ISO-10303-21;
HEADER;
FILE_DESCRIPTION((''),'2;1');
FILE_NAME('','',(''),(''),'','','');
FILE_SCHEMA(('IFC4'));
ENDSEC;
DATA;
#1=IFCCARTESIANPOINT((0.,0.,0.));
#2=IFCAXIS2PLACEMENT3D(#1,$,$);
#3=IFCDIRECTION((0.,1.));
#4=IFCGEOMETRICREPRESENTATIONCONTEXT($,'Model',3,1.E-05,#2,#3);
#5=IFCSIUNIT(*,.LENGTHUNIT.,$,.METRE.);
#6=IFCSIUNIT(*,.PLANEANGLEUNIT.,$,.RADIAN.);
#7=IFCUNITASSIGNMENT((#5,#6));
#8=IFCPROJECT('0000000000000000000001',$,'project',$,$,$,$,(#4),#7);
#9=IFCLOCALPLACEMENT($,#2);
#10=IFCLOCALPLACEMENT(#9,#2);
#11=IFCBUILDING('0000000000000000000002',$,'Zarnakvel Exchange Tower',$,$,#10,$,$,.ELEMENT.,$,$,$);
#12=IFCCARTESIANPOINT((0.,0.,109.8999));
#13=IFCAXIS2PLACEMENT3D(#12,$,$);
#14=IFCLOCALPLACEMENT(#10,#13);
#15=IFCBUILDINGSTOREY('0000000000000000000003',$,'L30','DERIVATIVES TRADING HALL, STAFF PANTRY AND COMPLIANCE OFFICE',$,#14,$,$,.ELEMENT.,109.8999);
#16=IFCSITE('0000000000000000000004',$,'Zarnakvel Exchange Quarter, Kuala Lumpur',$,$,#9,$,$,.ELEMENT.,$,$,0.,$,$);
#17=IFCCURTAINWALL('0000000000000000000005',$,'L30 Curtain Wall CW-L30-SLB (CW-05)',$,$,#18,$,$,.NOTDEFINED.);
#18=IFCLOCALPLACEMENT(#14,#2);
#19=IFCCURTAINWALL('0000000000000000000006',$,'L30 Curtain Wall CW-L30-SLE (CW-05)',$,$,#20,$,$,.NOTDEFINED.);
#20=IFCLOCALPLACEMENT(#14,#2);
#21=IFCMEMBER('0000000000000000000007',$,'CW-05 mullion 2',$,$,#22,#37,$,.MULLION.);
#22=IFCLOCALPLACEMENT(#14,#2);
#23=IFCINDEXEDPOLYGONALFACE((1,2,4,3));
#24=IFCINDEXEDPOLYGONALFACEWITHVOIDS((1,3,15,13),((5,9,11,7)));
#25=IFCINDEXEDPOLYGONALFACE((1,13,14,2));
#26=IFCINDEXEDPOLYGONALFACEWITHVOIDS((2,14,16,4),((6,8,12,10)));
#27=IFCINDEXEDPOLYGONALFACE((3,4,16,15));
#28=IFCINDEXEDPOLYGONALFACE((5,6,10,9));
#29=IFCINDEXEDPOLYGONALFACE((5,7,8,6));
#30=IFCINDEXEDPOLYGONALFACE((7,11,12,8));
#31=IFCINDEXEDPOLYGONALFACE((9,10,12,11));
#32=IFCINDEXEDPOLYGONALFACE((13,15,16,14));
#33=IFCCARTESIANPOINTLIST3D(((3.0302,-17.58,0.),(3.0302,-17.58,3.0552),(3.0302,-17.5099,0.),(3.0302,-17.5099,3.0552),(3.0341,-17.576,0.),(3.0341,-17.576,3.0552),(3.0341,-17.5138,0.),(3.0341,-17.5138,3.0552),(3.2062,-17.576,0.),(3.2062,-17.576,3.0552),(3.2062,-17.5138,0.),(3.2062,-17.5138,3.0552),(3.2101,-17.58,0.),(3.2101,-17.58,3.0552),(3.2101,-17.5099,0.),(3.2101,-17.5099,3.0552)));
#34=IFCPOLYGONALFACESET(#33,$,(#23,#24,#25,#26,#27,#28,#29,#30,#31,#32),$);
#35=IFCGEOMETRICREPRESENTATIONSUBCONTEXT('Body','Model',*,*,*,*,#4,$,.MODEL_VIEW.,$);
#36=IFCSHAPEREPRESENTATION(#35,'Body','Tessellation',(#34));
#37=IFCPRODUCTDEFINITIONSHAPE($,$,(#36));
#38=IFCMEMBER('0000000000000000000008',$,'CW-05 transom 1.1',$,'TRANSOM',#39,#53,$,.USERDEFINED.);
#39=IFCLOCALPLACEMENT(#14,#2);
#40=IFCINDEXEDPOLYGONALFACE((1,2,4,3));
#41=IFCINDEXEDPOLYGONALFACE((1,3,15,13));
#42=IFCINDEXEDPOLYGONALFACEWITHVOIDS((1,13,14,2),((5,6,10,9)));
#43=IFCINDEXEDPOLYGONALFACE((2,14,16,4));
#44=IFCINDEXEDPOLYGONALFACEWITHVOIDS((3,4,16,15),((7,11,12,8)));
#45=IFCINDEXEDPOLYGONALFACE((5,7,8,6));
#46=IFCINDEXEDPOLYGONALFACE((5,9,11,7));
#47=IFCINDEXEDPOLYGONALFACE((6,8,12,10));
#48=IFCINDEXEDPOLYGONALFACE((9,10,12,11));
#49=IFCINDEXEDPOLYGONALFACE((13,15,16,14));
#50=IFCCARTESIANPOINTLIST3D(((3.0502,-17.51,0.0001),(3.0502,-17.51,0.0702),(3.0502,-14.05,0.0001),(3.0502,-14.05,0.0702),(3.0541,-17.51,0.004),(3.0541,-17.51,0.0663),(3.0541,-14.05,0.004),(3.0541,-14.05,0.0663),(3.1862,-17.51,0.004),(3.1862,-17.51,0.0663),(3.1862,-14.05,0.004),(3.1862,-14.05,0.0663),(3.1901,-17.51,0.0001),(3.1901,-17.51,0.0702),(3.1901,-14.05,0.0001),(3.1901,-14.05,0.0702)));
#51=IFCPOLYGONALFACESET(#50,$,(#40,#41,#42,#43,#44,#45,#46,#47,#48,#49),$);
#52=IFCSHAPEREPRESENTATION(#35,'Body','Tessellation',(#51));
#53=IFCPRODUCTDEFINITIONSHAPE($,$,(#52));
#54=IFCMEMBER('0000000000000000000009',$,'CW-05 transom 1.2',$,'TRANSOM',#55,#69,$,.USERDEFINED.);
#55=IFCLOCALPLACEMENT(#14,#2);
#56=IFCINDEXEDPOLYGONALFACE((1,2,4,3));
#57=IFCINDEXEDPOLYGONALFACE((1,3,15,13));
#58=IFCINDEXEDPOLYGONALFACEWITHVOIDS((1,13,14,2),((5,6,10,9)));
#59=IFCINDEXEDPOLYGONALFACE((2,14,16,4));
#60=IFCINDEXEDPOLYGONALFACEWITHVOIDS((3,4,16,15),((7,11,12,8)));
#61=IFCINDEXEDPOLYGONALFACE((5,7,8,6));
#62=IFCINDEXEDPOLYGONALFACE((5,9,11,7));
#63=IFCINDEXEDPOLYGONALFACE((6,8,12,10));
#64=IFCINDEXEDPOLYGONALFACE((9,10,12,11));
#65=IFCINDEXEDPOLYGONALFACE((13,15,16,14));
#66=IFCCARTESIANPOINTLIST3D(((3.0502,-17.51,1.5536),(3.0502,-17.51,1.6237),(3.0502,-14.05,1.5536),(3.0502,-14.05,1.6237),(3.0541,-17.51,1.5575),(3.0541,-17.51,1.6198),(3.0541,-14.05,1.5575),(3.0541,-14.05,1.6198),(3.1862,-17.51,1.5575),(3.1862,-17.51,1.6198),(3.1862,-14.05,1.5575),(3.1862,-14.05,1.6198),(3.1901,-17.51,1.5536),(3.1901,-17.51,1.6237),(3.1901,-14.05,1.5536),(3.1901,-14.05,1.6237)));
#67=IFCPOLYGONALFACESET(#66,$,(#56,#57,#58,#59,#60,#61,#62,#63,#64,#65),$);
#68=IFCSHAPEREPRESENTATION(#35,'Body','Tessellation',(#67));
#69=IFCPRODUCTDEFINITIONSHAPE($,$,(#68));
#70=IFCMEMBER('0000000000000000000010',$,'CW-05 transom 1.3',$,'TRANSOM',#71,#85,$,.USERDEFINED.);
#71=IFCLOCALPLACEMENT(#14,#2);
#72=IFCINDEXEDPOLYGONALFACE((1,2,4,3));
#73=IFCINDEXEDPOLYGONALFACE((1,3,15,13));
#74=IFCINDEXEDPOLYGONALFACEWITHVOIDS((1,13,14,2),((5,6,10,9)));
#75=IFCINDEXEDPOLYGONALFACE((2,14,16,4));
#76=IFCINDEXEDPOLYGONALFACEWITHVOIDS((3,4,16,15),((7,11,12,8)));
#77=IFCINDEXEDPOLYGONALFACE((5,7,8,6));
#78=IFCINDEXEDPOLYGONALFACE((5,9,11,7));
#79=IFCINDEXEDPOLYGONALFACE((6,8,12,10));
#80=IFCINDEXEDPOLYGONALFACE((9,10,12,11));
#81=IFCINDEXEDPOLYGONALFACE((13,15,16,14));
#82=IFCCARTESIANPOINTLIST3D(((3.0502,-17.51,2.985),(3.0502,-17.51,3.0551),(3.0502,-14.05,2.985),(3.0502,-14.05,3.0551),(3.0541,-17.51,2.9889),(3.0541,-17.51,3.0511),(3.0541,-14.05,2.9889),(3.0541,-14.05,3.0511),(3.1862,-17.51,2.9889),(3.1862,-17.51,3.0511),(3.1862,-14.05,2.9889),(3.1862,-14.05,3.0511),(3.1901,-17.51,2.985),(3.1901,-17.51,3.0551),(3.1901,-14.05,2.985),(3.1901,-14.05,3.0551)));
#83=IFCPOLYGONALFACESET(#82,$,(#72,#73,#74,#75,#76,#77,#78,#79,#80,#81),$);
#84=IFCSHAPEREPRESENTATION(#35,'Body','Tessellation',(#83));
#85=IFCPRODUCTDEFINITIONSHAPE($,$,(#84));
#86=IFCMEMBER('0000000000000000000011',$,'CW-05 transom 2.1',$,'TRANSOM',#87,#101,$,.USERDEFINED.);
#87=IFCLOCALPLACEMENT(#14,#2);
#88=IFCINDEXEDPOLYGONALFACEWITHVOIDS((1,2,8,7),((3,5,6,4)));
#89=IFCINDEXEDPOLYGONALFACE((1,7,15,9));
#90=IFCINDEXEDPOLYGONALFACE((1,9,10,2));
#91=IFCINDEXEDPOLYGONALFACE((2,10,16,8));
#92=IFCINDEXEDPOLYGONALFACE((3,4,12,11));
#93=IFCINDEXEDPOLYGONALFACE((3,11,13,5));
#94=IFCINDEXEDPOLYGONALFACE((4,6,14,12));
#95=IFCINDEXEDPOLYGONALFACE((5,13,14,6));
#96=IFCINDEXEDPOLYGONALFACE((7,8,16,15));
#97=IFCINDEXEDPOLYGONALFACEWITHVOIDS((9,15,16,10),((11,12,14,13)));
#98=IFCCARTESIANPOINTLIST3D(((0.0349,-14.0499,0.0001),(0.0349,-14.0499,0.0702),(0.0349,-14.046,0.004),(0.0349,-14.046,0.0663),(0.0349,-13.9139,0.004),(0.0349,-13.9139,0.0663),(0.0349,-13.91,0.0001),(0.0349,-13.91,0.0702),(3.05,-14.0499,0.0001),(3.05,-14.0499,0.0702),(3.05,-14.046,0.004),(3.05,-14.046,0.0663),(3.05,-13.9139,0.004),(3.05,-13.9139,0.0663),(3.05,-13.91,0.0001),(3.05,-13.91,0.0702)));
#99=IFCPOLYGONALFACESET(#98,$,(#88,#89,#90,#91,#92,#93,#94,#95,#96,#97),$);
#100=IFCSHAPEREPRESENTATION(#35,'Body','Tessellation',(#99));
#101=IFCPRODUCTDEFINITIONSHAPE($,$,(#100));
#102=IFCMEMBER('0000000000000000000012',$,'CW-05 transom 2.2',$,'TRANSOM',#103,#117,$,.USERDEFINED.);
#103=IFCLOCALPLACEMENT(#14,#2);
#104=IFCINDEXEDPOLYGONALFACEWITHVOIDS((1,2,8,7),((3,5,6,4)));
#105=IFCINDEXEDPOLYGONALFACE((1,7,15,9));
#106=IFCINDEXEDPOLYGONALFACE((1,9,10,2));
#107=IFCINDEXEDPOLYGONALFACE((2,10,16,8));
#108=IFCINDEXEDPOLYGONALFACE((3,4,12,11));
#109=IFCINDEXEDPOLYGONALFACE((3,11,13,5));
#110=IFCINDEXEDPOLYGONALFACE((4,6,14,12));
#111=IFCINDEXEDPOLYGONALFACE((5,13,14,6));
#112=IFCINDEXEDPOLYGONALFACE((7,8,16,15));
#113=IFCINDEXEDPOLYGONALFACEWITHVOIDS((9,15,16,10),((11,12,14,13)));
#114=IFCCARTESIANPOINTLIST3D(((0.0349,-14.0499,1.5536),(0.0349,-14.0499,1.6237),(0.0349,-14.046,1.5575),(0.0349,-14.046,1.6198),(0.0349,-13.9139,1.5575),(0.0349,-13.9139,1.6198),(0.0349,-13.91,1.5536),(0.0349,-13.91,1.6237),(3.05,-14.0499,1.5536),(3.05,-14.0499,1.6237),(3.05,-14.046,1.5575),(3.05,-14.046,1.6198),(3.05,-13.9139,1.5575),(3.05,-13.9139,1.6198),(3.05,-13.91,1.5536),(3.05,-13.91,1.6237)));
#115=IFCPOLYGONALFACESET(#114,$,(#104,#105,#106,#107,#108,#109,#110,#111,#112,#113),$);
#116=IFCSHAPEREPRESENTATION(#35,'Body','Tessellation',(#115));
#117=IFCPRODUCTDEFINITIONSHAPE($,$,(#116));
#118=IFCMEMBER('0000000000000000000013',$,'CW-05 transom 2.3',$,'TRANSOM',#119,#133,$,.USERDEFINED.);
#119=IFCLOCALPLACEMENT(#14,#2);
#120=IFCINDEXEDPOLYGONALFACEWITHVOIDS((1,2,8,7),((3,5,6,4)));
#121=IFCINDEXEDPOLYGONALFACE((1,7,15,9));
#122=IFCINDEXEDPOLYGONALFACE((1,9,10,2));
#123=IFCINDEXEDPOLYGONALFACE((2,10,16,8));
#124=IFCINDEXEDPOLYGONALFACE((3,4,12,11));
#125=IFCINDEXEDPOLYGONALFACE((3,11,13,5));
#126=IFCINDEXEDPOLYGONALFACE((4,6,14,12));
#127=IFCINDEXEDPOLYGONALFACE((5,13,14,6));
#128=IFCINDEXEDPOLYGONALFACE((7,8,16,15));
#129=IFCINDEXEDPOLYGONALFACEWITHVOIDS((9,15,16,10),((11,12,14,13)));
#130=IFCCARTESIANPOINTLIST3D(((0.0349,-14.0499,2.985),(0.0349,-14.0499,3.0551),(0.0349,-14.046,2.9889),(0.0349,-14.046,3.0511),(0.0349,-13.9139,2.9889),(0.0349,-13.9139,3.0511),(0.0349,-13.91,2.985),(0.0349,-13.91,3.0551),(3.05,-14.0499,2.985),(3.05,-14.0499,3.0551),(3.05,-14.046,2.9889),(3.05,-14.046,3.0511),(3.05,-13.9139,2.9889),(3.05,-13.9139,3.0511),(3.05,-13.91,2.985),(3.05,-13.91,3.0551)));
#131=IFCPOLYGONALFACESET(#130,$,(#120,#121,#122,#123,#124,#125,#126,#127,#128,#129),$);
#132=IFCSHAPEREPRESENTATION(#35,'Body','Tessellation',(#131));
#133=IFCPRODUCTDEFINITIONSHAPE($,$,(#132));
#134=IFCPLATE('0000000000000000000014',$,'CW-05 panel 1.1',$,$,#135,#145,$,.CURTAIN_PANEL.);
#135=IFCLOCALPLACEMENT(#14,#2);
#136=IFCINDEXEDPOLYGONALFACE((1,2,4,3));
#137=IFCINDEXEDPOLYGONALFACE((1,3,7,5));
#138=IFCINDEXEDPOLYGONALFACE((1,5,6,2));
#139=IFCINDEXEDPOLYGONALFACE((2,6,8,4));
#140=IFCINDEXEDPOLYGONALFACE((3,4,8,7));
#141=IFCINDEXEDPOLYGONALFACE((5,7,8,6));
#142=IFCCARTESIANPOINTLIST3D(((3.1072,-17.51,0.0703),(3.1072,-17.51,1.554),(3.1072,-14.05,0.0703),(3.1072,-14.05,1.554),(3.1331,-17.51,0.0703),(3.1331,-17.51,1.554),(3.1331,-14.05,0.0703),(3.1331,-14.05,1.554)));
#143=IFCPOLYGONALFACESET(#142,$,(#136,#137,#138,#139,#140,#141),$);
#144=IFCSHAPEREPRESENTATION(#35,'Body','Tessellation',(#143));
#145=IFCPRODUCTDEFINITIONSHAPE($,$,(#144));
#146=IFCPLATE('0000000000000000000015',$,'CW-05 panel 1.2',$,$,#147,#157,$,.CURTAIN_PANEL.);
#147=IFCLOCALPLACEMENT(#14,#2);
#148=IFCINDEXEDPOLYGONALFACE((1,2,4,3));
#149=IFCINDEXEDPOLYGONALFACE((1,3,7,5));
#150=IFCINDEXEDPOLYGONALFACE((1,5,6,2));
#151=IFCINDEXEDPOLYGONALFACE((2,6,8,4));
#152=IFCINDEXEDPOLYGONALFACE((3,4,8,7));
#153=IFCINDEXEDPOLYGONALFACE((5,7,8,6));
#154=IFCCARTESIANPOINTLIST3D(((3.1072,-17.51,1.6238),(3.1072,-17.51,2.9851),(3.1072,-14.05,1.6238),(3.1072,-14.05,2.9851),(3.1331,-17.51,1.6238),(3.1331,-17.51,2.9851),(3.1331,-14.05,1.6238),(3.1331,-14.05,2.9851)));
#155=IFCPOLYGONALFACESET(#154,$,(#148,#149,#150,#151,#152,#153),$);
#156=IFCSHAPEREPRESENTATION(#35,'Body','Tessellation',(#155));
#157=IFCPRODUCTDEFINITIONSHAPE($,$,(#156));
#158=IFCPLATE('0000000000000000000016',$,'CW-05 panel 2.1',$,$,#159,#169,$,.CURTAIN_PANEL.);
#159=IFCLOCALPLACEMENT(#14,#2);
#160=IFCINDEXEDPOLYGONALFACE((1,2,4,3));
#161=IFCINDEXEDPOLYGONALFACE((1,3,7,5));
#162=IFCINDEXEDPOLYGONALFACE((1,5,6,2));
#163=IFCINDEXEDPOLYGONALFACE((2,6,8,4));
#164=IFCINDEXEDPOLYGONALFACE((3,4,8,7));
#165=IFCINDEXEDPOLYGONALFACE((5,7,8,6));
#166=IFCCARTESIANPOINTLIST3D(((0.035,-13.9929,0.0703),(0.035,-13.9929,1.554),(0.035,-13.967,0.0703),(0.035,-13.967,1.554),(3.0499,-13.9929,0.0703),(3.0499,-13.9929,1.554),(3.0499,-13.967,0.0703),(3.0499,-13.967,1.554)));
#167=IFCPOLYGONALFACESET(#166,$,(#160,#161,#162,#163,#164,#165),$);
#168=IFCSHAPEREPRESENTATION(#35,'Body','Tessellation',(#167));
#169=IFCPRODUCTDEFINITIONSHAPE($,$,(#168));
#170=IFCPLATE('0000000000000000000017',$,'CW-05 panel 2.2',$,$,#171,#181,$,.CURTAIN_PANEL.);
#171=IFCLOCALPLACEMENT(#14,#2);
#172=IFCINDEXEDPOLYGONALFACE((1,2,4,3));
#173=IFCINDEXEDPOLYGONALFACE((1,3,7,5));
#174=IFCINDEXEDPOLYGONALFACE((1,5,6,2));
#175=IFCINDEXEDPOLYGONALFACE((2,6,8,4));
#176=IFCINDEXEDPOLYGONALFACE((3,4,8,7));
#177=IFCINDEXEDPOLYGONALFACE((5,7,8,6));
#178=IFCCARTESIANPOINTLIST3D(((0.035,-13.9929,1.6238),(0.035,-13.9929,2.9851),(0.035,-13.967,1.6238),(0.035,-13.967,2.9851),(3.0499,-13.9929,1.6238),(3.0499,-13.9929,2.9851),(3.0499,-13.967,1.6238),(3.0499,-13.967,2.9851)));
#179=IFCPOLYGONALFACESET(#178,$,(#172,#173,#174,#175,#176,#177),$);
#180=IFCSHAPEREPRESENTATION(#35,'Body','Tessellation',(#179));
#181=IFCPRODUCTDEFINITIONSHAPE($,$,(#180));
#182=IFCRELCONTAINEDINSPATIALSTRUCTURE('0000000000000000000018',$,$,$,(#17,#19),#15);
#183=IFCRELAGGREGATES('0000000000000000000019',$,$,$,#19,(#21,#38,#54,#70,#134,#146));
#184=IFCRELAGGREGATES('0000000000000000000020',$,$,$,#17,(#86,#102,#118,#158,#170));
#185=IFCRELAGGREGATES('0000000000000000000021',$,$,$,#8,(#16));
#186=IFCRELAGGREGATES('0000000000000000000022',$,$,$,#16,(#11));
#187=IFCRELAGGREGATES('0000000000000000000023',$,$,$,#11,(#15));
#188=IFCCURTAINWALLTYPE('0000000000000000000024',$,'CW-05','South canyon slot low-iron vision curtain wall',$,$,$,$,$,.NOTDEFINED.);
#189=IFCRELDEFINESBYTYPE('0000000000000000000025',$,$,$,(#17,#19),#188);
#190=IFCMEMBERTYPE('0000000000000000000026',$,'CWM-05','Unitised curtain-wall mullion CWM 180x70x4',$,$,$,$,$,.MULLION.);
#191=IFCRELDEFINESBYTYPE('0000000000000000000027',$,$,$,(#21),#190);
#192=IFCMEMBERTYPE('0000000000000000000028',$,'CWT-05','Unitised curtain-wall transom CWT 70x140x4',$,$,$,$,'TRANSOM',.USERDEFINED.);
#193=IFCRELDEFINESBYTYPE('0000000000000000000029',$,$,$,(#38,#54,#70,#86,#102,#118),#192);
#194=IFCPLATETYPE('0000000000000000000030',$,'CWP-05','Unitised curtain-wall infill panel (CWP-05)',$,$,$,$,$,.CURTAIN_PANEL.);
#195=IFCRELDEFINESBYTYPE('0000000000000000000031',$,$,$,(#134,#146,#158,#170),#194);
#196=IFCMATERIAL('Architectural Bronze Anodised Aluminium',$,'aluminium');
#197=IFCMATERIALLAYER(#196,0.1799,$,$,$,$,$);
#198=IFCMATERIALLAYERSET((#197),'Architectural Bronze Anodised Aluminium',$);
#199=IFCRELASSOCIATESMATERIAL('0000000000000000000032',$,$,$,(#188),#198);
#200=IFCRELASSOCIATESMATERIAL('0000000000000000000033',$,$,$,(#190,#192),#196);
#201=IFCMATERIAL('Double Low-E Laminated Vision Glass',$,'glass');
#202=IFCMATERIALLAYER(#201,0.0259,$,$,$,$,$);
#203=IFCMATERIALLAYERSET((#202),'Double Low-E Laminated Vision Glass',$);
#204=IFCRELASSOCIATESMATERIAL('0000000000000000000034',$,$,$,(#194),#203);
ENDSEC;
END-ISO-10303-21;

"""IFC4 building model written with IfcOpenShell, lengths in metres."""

from ifc_helpers import new_model, si_unit, direction, frame, origin, origin_2d, place, context, subcontext, project, spatial, rectangle, hollow_rectangle, extrude, source, transform, mapped, material, layer, layer_set, material_profile, profile_set, type_object, element, aggregate, save


model = new_model("IFC4")

# Units and contexts
model_context = context("Model", 3, precision=1e-05, world=origin(), true_north=direction((0.0, 1.0)))
body_context = subcontext(model_context, "Body", "Model", "MODEL_VIEW")
ifc_project = project(units=[si_unit("LENGTHUNIT", "METRE"), si_unit("PLANEANGLEUNIT", "RADIAN")], contexts=[model_context])

# Site, building, storey
site_placement = place(None, origin())
site = spatial("IfcSite", under=ifc_project, at=site_placement, Name="Zarnakvel Exchange Quarter, Kuala Lumpur", CompositionType="ELEMENT", RefElevation=0.0)
building_placement = place(site_placement, origin())
building = spatial("IfcBuilding", under=site, at=building_placement, Name="Zarnakvel Exchange Tower", CompositionType="ELEMENT")
storey_placement = place(building_placement, frame((0.0, 0.0, 109.8999)))
storey = spatial("IfcBuildingStorey", under=building, at=storey_placement, Name="L30", Description="DERIVATIVES TRADING HALL, STAFF PANTRY AND COMPLIANCE OFFICE", CompositionType="ELEMENT", Elevation=109.8999)

# Curtain wall
ifc_material_1 = material(Name="Architectural Bronze Anodised Aluminium", Category="aluminium")
ifc_layer_1 = layer(ifc_material_1, 0.1799)
ifc_layer_set_1 = layer_set([ifc_layer_1], Name="Architectural Bronze Anodised Aluminium")
curtain_wall_type = type_object("IfcCurtainWallType", Name="CW-05", Description="South canyon slot low-iron vision curtain wall", PredefinedType="NOTDEFINED", material=ifc_layer_set_1)
curtain_wall_1_placement = place(storey_placement, origin())
curtain_wall_1 = element("IfcCurtainWall", 1, at=curtain_wall_1_placement, inside=storey, type_object=curtain_wall_type, Name="L30 Curtain Wall CW-L30-SLB (CW-05)", PredefinedType="NOTDEFINED")
ifc_material_profile_1 = material_profile(ifc_material_1, hollow_rectangle(XDim=0.1799, YDim=0.0701, WallThickness=0.0039, at=origin_2d()))
ifc_profile_set_1 = profile_set([ifc_material_profile_1], Name="Architectural Bronze Anodised Aluminium")
member_type_1 = type_object("IfcMemberType", Name="CWM-05", Description="Unitised curtain-wall mullion CWM 180x70x4", PredefinedType="MULLION", material=ifc_profile_set_1)
shared_shape_1 = source(origin(), body_context, "Body", "SweptSolid", [
    extrude(hollow_rectangle(XDim=0.1799, YDim=0.0701, WallThickness=0.0039, at=origin_2d()), origin(), (0.0, 0.0, 1.0), 3.0552),
])

# Curtain wall, members
curtain_wall_2_placement = place(storey_placement, origin())
curtain_wall_2 = element("IfcCurtainWall", 2, at=curtain_wall_2_placement, inside=storey, type_object=curtain_wall_type, Name="L30 Curtain Wall CW-L30-SLE (CW-05)", PredefinedType="NOTDEFINED")
member_1_placement = place(storey_placement, frame((3.1201, -17.5449, 0.0), z_axis=(0.0, 0.0, 1.0), x_axis=(1.0, 0.0, 0.0)))
member_1 = element("IfcMember", 3, at=member_1_placement, type_object=member_type_1, Name="CW-05 mullion 2", PredefinedType="MULLION", context=body_context, shape_type="MappedRepresentation", body=[
    mapped(shared_shape_1, transform((0.0, 0.0, 0.0), x_axis=(1.0, 0.0, 0.0), y_axis=(0.0, 1.0, 0.0), z_axis=(0.0, 0.0, 1.0), scale=1.0)),
])
ifc_material_profile_2 = material_profile(ifc_material_1, hollow_rectangle(XDim=0.1399, YDim=0.0701, WallThickness=0.0039, at=origin_2d()))
ifc_profile_set_2 = profile_set([ifc_material_profile_2], Name="Architectural Bronze Anodised Aluminium")
member_type_2 = type_object("IfcMemberType", Name="CWT-05", Description="Unitised curtain-wall transom CWT 70x140x4", ElementType="TRANSOM", PredefinedType="USERDEFINED", material=ifc_profile_set_2)
shared_shape_2 = source(origin(), body_context, "Body", "SweptSolid", [
    extrude(hollow_rectangle(XDim=0.1399, YDim=0.0701, WallThickness=0.0039, at=origin_2d()), origin(), (0.0, 0.0, 1.0), 3.46),
])
member_2_placement = place(storey_placement, frame((3.1201, -14.05, 0.0352), z_axis=(0.0, -1.0, 0.0), x_axis=(1.0, 0.0, 0.0)))
member_2 = element("IfcMember", 4, at=member_2_placement, type_object=member_type_2, Name="CW-05 transom 1.1", ObjectType="TRANSOM", PredefinedType="USERDEFINED", context=body_context, shape_type="MappedRepresentation", body=[
    mapped(shared_shape_2, transform((0.0, 0.0, 0.0), x_axis=(1.0, 0.0, 0.0), y_axis=(0.0, 1.0, 0.0), z_axis=(0.0, 0.0, 1.0), scale=1.0)),
])
member_3_placement = place(storey_placement, frame((3.1201, -14.05, 1.5886), z_axis=(0.0, -1.0, 0.0), x_axis=(1.0, 0.0, 0.0)))
member_3 = element("IfcMember", 5, at=member_3_placement, type_object=member_type_2, Name="CW-05 transom 1.2", ObjectType="TRANSOM", PredefinedType="USERDEFINED", context=body_context, shape_type="MappedRepresentation", body=[
    mapped(shared_shape_2, transform((0.0, 0.0, 0.0), x_axis=(1.0, 0.0, 0.0), y_axis=(0.0, 1.0, 0.0), z_axis=(0.0, 0.0, 1.0), scale=1.0)),
])
member_4_placement = place(storey_placement, frame((3.1201, -14.05, 3.02), z_axis=(0.0, -1.0, 0.0), x_axis=(1.0, 0.0, 0.0)))
member_4 = element("IfcMember", 6, at=member_4_placement, type_object=member_type_2, Name="CW-05 transom 1.3", ObjectType="TRANSOM", PredefinedType="USERDEFINED", context=body_context, shape_type="MappedRepresentation", body=[
    mapped(shared_shape_2, transform((0.0, 0.0, 0.0), x_axis=(1.0, 0.0, 0.0), y_axis=(0.0, 1.0, 0.0), z_axis=(0.0, 0.0, 1.0), scale=1.0)),
])

# Members
shared_shape_3 = source(origin(), body_context, "Body", "SweptSolid", [
    extrude(hollow_rectangle(XDim=0.1399, YDim=0.0701, WallThickness=0.0039, at=origin_2d()), origin(), (0.0, 0.0, 1.0), 3.0151),
])
member_5_placement = place(storey_placement, frame((0.0349, -13.98, 0.0352), z_axis=(1.0, 0.0, 0.0), x_axis=(0.0, 1.0, 0.0)))
member_5 = element("IfcMember", 7, at=member_5_placement, type_object=member_type_2, Name="CW-05 transom 2.1", ObjectType="TRANSOM", PredefinedType="USERDEFINED", context=body_context, shape_type="MappedRepresentation", body=[
    mapped(shared_shape_3, transform((0.0, 0.0, 0.0), x_axis=(1.0, 0.0, 0.0), y_axis=(0.0, 1.0, 0.0), z_axis=(0.0, 0.0, 1.0), scale=1.0)),
])
member_6_placement = place(storey_placement, frame((0.0349, -13.98, 1.5886), z_axis=(1.0, 0.0, 0.0), x_axis=(0.0, 1.0, 0.0)))
member_6 = element("IfcMember", 8, at=member_6_placement, type_object=member_type_2, Name="CW-05 transom 2.2", ObjectType="TRANSOM", PredefinedType="USERDEFINED", context=body_context, shape_type="MappedRepresentation", body=[
    mapped(shared_shape_3, transform((0.0, 0.0, 0.0), x_axis=(1.0, 0.0, 0.0), y_axis=(0.0, 1.0, 0.0), z_axis=(0.0, 0.0, 1.0), scale=1.0)),
])
member_7_placement = place(storey_placement, frame((0.0349, -13.98, 3.02), z_axis=(1.0, 0.0, 0.0), x_axis=(0.0, 1.0, 0.0)))
member_7 = element("IfcMember", 9, at=member_7_placement, type_object=member_type_2, Name="CW-05 transom 2.3", ObjectType="TRANSOM", PredefinedType="USERDEFINED", context=body_context, shape_type="MappedRepresentation", body=[
    mapped(shared_shape_3, transform((0.0, 0.0, 0.0), x_axis=(1.0, 0.0, 0.0), y_axis=(0.0, 1.0, 0.0), z_axis=(0.0, 0.0, 1.0), scale=1.0)),
])

# Plates
ifc_material_2 = material(Name="Double Low-E Laminated Vision Glass", Category="glass")
ifc_layer_2 = layer(ifc_material_2, 0.0259)
ifc_layer_set_2 = layer_set([ifc_layer_2], Name="Double Low-E Laminated Vision Glass")
plate_type = type_object("IfcPlateType", Name="CWP-05", Description="Unitised curtain-wall infill panel (CWP-05)", PredefinedType="CURTAIN_PANEL", material=ifc_layer_set_2)
shared_shape_4 = source(origin(), body_context, "Body", "SweptSolid", [
    extrude(rectangle(XDim=3.46, YDim=0.0259, at=origin_2d()), origin(), (0.0, 0.0, 1.0), 1.4836),
])
plate_1_placement = place(storey_placement, frame((3.1201, -15.78, 0.0703), z_axis=(0.0, 0.0, 1.0), x_axis=(0.0, -1.0, 0.0)))
plate_1 = element("IfcPlate", 10, at=plate_1_placement, type_object=plate_type, Name="CW-05 panel 1.1", PredefinedType="CURTAIN_PANEL", context=body_context, shape_type="MappedRepresentation", body=[
    mapped(shared_shape_4, transform((0.0, 0.0, 0.0), x_axis=(1.0, 0.0, 0.0), y_axis=(0.0, 1.0, 0.0), z_axis=(0.0, 0.0, 1.0), scale=1.0)),
])
shared_shape_5 = source(origin(), body_context, "Body", "SweptSolid", [
    extrude(rectangle(XDim=3.46, YDim=0.0259, at=origin_2d()), origin(), (0.0, 0.0, 1.0), 1.3613),
])
plate_2_placement = place(storey_placement, frame((3.1201, -15.78, 1.6238), z_axis=(0.0, 0.0, 1.0), x_axis=(0.0, -1.0, 0.0)))
plate_2 = element("IfcPlate", 11, at=plate_2_placement, type_object=plate_type, Name="CW-05 panel 1.2", PredefinedType="CURTAIN_PANEL", context=body_context, shape_type="MappedRepresentation", body=[
    mapped(shared_shape_5, transform((0.0, 0.0, 0.0), x_axis=(1.0, 0.0, 0.0), y_axis=(0.0, 1.0, 0.0), z_axis=(0.0, 0.0, 1.0), scale=1.0)),
])
aggregate(curtain_wall_2, [member_1, member_2, member_3, member_4, plate_1, plate_2])
shared_shape_6 = source(origin(), body_context, "Body", "SweptSolid", [
    extrude(rectangle(XDim=3.0149, YDim=0.0259, at=origin_2d()), origin(), (0.0, 0.0, 1.0), 1.4836),
])
plate_3_placement = place(storey_placement, frame((1.5425, -13.98, 0.0703), z_axis=(0.0, 0.0, 1.0), x_axis=(1.0, 0.0, 0.0)))
plate_3 = element("IfcPlate", 12, at=plate_3_placement, type_object=plate_type, Name="CW-05 panel 2.1", PredefinedType="CURTAIN_PANEL", context=body_context, shape_type="MappedRepresentation", body=[
    mapped(shared_shape_6, transform((0.0, 0.0, 0.0), x_axis=(1.0, 0.0, 0.0), y_axis=(0.0, 1.0, 0.0), z_axis=(0.0, 0.0, 1.0), scale=1.0)),
])
shared_shape_7 = source(origin(), body_context, "Body", "SweptSolid", [
    extrude(rectangle(XDim=3.0149, YDim=0.0259, at=origin_2d()), origin(), (0.0, 0.0, 1.0), 1.3613),
])
plate_4_placement = place(storey_placement, frame((1.5425, -13.98, 1.6238), z_axis=(0.0, 0.0, 1.0), x_axis=(1.0, 0.0, 0.0)))
plate_4 = element("IfcPlate", 13, at=plate_4_placement, type_object=plate_type, Name="CW-05 panel 2.2", PredefinedType="CURTAIN_PANEL", context=body_context, shape_type="MappedRepresentation", body=[
    mapped(shared_shape_7, transform((0.0, 0.0, 0.0), x_axis=(1.0, 0.0, 0.0), y_axis=(0.0, 1.0, 0.0), z_axis=(0.0, 0.0, 1.0), scale=1.0)),
])
aggregate(curtain_wall_1, [member_5, member_6, member_7, plate_3, plate_4])

save(model, "model.ifc")
